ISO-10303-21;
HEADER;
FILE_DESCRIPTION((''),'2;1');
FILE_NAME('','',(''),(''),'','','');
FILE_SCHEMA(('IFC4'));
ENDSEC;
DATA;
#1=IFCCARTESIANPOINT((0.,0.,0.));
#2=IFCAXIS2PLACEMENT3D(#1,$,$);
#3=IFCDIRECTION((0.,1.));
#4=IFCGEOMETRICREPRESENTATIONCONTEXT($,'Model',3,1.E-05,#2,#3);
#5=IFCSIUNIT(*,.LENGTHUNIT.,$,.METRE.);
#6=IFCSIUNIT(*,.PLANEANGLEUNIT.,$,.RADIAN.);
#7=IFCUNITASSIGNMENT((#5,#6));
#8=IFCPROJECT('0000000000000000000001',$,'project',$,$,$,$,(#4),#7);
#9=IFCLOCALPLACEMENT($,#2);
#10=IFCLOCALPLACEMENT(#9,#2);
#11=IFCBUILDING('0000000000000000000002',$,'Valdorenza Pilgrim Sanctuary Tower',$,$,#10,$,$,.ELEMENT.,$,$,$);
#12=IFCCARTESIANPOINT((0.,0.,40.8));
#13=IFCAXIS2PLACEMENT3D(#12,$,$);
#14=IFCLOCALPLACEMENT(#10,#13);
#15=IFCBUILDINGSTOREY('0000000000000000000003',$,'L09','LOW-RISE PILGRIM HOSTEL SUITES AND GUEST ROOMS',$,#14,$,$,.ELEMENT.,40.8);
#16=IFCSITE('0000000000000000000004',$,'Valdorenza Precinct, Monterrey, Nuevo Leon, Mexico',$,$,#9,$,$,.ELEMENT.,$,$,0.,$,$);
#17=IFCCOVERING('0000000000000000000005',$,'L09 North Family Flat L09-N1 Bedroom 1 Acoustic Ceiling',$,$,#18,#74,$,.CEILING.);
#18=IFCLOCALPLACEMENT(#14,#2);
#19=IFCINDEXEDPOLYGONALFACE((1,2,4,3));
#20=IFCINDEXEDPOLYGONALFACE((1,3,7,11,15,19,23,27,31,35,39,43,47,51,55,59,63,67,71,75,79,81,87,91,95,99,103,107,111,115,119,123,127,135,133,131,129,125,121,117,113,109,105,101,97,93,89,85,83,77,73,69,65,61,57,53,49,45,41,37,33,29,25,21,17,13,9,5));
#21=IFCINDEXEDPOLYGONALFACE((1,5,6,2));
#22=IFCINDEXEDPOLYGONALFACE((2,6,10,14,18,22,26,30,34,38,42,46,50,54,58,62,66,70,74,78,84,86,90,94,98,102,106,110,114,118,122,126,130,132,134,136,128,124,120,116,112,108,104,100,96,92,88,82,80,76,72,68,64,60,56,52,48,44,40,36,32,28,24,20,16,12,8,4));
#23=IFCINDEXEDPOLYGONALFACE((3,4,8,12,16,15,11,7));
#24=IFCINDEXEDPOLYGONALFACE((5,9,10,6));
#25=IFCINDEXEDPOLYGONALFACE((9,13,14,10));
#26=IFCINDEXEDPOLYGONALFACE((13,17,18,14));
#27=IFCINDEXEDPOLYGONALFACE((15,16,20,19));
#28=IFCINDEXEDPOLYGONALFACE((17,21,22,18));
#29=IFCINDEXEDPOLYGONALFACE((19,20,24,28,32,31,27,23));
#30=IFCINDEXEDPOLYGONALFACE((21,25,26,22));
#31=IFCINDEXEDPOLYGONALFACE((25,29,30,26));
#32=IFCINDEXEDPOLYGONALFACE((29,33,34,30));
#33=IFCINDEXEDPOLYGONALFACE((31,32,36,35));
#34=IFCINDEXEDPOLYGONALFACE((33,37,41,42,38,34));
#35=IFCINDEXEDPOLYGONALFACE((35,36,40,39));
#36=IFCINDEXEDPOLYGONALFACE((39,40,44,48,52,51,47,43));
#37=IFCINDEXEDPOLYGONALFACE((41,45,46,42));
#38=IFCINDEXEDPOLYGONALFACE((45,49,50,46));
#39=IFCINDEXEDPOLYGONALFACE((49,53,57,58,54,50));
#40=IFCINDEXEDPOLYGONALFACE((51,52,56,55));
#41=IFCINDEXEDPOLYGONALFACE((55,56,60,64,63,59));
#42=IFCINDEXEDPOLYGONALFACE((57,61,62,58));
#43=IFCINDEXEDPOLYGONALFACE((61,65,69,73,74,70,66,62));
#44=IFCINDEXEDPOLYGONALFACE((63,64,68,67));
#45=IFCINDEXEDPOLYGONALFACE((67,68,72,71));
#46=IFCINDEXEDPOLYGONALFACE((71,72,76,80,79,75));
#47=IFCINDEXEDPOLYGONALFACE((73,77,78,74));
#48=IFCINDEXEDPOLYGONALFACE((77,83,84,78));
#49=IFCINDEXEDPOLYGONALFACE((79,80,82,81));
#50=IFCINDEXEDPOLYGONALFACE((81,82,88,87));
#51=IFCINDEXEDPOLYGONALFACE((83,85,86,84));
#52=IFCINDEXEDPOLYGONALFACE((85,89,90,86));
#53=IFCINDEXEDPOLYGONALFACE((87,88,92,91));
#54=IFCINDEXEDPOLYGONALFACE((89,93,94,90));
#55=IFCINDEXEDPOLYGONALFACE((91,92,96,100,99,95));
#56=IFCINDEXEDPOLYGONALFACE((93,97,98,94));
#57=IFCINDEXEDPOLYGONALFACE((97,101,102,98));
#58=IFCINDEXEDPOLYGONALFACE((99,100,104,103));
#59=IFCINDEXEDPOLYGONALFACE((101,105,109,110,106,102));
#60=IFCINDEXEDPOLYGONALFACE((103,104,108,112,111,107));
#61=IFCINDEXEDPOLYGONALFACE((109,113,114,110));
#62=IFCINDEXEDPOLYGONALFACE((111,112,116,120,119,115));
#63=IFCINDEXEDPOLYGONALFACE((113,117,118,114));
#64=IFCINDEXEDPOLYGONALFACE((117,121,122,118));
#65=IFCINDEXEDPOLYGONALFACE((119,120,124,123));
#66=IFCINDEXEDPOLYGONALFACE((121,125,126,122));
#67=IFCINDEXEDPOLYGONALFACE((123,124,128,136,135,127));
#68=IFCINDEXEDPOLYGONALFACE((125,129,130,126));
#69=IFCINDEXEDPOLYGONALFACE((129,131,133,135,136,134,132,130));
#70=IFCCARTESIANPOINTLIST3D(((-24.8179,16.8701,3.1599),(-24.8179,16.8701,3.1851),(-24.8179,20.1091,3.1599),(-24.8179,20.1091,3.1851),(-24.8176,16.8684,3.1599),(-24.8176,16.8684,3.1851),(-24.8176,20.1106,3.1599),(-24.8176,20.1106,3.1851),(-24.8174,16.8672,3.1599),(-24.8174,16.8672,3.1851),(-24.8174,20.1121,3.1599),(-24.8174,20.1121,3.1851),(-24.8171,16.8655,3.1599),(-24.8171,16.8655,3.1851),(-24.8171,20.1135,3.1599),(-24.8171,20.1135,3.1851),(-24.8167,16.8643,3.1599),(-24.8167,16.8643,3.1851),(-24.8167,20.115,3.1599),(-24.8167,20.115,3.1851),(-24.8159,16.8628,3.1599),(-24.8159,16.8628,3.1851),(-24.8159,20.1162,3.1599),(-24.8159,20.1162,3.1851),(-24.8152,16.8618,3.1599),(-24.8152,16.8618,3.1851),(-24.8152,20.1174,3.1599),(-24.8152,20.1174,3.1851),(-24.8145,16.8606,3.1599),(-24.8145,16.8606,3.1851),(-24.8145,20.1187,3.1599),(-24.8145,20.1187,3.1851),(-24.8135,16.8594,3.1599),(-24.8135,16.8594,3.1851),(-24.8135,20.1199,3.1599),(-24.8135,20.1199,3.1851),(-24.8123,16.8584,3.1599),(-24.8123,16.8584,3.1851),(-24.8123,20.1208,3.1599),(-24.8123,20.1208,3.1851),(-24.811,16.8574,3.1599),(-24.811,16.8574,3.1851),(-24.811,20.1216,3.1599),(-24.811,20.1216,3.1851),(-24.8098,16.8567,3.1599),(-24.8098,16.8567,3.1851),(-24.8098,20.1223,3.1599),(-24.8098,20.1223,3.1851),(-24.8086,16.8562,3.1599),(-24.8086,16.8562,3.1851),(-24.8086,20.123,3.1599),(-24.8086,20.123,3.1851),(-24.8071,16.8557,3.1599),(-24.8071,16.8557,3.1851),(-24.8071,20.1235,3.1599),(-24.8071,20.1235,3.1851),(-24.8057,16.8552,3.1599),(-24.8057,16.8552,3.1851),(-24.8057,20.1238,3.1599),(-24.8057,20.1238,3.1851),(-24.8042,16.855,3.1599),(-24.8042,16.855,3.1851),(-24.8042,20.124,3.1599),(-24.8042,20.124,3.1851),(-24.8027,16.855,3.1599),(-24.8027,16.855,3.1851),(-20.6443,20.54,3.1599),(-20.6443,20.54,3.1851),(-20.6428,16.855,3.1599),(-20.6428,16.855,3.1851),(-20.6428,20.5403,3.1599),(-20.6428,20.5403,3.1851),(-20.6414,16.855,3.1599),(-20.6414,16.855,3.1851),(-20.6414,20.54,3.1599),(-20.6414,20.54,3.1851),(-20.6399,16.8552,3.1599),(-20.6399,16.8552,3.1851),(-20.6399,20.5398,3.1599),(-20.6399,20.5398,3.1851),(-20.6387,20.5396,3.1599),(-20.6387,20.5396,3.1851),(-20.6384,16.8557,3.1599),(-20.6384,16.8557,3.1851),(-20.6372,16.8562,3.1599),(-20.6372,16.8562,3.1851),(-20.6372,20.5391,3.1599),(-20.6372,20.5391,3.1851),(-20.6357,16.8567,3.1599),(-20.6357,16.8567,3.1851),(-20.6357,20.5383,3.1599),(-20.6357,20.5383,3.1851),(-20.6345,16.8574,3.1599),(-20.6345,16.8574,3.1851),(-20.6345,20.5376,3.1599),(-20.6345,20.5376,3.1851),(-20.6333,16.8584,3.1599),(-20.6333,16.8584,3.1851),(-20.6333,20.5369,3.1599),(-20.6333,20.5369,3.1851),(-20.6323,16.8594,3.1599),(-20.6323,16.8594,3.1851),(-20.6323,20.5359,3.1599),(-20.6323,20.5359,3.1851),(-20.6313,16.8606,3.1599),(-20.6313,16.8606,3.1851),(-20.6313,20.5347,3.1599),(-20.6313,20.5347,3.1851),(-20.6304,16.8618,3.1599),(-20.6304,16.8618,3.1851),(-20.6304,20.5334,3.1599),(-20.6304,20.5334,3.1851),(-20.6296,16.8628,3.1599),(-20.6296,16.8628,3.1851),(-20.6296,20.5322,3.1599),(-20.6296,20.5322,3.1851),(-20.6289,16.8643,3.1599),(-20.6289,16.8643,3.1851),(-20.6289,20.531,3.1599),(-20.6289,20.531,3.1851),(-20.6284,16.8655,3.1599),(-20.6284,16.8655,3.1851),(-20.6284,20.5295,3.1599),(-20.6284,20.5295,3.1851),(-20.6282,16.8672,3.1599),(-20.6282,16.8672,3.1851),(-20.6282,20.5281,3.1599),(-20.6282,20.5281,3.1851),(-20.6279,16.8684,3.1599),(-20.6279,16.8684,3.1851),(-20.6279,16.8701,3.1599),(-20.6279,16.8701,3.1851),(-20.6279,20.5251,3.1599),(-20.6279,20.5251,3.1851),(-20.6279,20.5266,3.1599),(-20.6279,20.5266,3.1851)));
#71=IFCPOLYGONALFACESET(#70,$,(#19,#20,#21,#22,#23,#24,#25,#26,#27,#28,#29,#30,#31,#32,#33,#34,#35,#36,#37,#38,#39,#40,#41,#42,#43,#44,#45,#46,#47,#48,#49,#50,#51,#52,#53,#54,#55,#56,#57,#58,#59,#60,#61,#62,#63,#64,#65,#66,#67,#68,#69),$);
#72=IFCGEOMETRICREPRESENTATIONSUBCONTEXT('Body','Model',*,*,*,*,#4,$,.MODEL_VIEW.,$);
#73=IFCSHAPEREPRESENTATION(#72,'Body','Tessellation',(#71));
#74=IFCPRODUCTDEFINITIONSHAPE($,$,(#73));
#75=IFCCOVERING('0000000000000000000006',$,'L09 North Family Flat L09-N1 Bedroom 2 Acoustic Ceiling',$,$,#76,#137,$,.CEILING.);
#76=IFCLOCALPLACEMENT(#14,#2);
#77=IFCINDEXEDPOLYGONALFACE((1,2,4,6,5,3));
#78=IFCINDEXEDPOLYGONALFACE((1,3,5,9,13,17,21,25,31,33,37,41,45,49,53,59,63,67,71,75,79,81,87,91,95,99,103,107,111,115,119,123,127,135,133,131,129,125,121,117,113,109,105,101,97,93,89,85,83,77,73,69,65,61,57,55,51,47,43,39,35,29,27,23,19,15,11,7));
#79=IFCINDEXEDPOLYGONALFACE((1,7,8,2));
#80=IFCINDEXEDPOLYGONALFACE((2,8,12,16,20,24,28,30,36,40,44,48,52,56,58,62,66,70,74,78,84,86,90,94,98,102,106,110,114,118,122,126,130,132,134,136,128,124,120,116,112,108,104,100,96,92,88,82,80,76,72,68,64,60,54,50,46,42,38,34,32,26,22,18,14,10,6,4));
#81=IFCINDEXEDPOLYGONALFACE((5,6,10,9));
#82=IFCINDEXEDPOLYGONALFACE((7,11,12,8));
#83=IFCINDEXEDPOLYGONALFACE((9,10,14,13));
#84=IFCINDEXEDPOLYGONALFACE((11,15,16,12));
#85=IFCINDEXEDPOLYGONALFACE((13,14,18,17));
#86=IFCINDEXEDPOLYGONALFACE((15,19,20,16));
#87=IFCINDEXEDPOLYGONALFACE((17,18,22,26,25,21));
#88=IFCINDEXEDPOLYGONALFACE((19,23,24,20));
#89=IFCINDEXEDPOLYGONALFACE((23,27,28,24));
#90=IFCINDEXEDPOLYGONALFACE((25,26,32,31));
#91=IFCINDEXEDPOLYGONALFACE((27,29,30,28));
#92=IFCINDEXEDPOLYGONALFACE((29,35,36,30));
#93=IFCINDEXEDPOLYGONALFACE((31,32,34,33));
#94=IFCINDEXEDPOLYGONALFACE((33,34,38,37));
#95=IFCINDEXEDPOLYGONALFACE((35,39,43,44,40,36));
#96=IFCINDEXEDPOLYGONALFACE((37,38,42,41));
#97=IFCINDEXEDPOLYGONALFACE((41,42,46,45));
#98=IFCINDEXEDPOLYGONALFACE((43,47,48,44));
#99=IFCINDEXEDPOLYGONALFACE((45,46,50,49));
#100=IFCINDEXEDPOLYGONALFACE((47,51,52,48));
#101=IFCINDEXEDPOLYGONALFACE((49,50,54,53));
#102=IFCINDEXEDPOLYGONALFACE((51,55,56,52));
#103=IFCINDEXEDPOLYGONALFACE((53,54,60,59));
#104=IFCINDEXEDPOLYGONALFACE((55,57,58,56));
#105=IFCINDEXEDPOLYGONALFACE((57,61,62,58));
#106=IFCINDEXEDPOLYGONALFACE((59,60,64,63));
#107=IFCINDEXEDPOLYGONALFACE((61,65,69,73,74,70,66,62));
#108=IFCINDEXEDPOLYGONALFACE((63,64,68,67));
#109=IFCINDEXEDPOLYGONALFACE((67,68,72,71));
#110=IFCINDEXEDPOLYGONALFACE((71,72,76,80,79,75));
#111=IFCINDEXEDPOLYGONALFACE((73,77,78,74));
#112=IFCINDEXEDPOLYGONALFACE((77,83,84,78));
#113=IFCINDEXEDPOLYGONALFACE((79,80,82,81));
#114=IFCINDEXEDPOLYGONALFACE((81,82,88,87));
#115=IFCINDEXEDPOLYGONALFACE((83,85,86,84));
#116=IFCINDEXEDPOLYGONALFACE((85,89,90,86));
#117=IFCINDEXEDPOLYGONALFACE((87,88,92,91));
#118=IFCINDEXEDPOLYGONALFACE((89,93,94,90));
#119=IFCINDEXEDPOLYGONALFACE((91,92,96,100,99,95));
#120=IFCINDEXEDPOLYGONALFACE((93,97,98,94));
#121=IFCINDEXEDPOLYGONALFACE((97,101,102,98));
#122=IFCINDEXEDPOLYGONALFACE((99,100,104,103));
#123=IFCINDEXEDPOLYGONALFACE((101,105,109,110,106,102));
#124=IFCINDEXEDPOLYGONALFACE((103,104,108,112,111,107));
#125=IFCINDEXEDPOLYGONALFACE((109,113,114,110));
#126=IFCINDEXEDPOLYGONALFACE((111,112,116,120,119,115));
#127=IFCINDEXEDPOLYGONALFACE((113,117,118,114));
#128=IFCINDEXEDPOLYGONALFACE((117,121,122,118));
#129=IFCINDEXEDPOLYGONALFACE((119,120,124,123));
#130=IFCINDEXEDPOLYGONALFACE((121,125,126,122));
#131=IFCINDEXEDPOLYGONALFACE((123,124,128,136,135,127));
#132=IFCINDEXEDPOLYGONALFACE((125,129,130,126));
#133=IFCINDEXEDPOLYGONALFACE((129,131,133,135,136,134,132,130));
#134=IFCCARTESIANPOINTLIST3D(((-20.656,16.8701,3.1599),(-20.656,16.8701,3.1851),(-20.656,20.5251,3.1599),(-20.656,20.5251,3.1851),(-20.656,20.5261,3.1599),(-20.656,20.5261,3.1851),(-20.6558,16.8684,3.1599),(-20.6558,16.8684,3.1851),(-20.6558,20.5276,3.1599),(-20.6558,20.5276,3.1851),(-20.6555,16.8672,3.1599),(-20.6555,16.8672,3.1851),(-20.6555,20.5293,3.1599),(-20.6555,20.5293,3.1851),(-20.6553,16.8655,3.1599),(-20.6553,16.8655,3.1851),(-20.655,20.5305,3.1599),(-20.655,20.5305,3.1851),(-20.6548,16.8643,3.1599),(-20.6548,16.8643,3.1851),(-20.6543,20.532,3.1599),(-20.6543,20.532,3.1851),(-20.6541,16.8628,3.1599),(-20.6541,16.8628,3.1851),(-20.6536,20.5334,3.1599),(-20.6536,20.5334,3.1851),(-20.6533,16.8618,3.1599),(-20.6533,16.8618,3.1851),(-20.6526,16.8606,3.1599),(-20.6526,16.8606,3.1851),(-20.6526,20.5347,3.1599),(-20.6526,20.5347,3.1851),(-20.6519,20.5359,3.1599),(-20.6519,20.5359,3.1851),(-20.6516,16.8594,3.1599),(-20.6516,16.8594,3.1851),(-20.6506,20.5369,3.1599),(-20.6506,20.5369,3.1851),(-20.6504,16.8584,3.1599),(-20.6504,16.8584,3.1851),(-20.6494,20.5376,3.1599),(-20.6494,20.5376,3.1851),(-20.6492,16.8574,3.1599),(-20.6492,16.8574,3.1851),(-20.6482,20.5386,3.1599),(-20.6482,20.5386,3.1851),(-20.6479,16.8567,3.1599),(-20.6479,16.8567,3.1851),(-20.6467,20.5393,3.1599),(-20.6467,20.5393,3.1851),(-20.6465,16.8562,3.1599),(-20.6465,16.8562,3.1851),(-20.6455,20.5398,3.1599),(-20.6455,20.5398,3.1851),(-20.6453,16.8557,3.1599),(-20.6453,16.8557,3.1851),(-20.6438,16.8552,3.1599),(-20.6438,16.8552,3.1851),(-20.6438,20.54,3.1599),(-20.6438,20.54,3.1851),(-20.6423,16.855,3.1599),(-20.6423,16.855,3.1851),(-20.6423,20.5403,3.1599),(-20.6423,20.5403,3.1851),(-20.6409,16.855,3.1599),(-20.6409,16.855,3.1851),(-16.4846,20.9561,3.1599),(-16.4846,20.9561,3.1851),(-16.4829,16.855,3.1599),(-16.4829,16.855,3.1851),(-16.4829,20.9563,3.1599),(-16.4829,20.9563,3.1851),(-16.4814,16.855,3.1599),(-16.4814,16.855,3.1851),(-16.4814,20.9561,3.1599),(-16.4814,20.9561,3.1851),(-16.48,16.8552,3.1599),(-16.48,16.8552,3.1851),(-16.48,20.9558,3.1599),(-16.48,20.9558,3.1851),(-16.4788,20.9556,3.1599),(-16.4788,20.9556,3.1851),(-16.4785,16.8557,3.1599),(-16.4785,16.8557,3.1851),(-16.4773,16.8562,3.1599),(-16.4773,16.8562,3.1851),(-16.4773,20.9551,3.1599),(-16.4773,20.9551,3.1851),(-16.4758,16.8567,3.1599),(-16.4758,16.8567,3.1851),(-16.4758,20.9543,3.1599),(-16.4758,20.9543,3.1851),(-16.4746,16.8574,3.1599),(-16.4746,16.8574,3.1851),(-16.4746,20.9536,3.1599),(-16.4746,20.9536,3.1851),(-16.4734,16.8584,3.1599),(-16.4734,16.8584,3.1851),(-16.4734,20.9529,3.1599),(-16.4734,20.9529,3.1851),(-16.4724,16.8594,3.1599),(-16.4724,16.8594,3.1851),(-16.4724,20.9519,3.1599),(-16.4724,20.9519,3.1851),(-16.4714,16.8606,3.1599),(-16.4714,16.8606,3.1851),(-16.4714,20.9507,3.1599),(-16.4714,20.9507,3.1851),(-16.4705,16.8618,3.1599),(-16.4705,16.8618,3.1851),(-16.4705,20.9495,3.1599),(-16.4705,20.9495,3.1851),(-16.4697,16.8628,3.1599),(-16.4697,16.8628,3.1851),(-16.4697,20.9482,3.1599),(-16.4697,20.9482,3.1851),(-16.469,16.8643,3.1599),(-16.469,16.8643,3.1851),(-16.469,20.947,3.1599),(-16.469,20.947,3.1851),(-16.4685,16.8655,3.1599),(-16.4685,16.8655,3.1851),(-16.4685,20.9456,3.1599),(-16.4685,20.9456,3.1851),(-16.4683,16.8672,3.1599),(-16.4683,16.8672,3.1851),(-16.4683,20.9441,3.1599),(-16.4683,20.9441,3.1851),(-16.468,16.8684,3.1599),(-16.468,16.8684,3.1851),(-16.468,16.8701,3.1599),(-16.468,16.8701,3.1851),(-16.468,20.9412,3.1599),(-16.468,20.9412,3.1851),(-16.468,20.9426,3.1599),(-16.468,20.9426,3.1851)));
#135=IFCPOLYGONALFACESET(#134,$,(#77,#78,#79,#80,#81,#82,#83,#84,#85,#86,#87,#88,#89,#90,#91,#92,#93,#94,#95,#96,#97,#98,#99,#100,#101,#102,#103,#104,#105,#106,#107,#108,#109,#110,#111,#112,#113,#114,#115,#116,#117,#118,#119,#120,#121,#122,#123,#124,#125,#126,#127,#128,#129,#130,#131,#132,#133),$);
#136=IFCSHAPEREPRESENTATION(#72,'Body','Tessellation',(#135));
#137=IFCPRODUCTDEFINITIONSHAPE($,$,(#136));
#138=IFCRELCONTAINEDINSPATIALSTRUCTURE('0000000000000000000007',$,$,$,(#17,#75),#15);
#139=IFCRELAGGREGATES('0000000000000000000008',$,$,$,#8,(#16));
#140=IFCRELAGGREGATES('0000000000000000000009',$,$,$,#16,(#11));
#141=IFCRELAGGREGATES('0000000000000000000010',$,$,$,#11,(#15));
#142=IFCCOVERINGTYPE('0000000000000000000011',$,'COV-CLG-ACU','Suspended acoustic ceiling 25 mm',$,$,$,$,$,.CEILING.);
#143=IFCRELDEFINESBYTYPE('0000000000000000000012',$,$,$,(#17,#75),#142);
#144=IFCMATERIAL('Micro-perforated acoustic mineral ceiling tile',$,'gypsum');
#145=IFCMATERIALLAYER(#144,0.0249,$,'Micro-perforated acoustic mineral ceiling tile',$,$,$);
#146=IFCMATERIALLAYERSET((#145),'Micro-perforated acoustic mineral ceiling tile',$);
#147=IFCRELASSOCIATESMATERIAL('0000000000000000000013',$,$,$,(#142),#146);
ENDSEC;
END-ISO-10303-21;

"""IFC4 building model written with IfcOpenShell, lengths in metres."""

from ifc_helpers import new_model, si_unit, direction, frame, origin, place, context, subcontext, project, spatial, polyline, outline, extrude, material, layer, layer_set, type_object, element, save


model = new_model("IFC4")

# Units and contexts
model_context = context("Model", 3, precision=1e-05, world=origin(), true_north=direction((0.0, 1.0)))
body_context = subcontext(model_context, "Body", "Model", "MODEL_VIEW")
ifc_project = project(units=[si_unit("LENGTHUNIT", "METRE"), si_unit("PLANEANGLEUNIT", "RADIAN")], contexts=[model_context])

# Site, building, storey
site_placement = place(None, origin())
site = spatial("IfcSite", under=ifc_project, at=site_placement, Name="Valdorenza Precinct, Monterrey, Nuevo Leon, Mexico", CompositionType="ELEMENT", RefElevation=0.0)
building_placement = place(site_placement, origin())
building = spatial("IfcBuilding", under=site, at=building_placement, Name="Valdorenza Pilgrim Sanctuary Tower", CompositionType="ELEMENT")
storey_placement = place(building_placement, frame((0.0, 0.0, 40.8)))
storey = spatial("IfcBuildingStorey", under=building, at=storey_placement, Name="L09", Description="LOW-RISE PILGRIM HOSTEL SUITES AND GUEST ROOMS", CompositionType="ELEMENT", Elevation=40.8)

# Coverings
ifc_material_1 = material(Name="Micro-perforated acoustic mineral ceiling tile", Category="gypsum")
ifc_layer_1 = layer(ifc_material_1, 0.0249, Name="Micro-perforated acoustic mineral ceiling tile")
ifc_layer_set_1 = layer_set([ifc_layer_1], Name="Micro-perforated acoustic mineral ceiling tile")
covering_type_1 = type_object("IfcCoveringType", Name="COV-CLG-ACU", Description="Suspended acoustic ceiling 25 mm", PredefinedType="CEILING", material=ifc_layer_set_1)
covering_1_placement = place(storey_placement, frame((0.0, 0.0, 3.1599)))
element("IfcCovering", 1, at=covering_1_placement, inside=storey, type_object=covering_type_1, Name="L09 North Family Flat L09-N1 Bedroom 1 Acoustic Ceiling", PredefinedType="CEILING", context=body_context, shape_type="SweptSolid", body=[
    extrude(outline(polyline([(-24.8027, 16.855), (-24.8042, 16.855), (-24.8057, 16.8552), (-24.8071, 16.8557), (-24.8086, 16.8562), (-24.8098, 16.8567), (-24.811, 16.8574), (-24.8123, 16.8584), (-24.8135, 16.8594), (-24.8145, 16.8606), (-24.8152, 16.8618), (-24.8159, 16.8628), (-24.8167, 16.8643), (-24.8171, 16.8655), (-24.8174, 16.8672), (-24.8176, 16.8684), (-24.8179, 16.8701), (-24.8179, 20.1091), (-24.8176, 20.1106), (-24.8174, 20.1121), (-24.8171, 20.1135), (-24.8167, 20.115), (-24.8159, 20.1162), (-24.8152, 20.1174), (-24.8145, 20.1187), (-24.8135, 20.1199), (-24.8123, 20.1208), (-24.811, 20.1216), (-24.8098, 20.1223), (-24.8086, 20.123), (-24.8071, 20.1235), (-24.8057, 20.1238), (-24.8042, 20.124), (-20.6443, 20.54), (-20.6428, 20.5403), (-20.6414, 20.54), (-20.6399, 20.5398), (-20.6387, 20.5396), (-20.6372, 20.5391), (-20.6357, 20.5383), (-20.6345, 20.5376), (-20.6333, 20.5369), (-20.6323, 20.5359), (-20.6313, 20.5347), (-20.6304, 20.5334), (-20.6296, 20.5322), (-20.6289, 20.531), (-20.6284, 20.5295), (-20.6282, 20.5281), (-20.6279, 20.5266), (-20.6279, 20.5251), (-20.6279, 16.8701), (-20.6279, 16.8684), (-20.6282, 16.8672), (-20.6284, 16.8655), (-20.6289, 16.8643), (-20.6296, 16.8628), (-20.6304, 16.8618), (-20.6313, 16.8606), (-20.6323, 16.8594), (-20.6333, 16.8584), (-20.6345, 16.8574), (-20.6357, 16.8567), (-20.6372, 16.8562), (-20.6384, 16.8557), (-20.6399, 16.8552), (-20.6414, 16.855), (-20.6428, 16.855), (-24.8027, 16.855)])), origin(), (0.0, 0.0, 1.0), 0.0251),
])
covering_2_placement = place(storey_placement, frame((0.0, 0.0, 3.1599)))
element("IfcCovering", 2, at=covering_2_placement, inside=storey, type_object=covering_type_1, Name="L09 North Family Flat L09-N1 Bedroom 2 Acoustic Ceiling", PredefinedType="CEILING", context=body_context, shape_type="SweptSolid", body=[
    extrude(outline(polyline([(-20.656, 20.5251), (-20.656, 20.5261), (-20.6558, 20.5276), (-20.6555, 20.5293), (-20.655, 20.5305), (-20.6543, 20.532), (-20.6536, 20.5334), (-20.6526, 20.5347), (-20.6519, 20.5359), (-20.6506, 20.5369), (-20.6494, 20.5376), (-20.6482, 20.5386), (-20.6467, 20.5393), (-20.6455, 20.5398), (-20.6438, 20.54), (-20.6423, 20.5403), (-16.4846, 20.9561), (-16.4829, 20.9563), (-16.4814, 20.9561), (-16.48, 20.9558), (-16.4788, 20.9556), (-16.4773, 20.9551), (-16.4758, 20.9543), (-16.4746, 20.9536), (-16.4734, 20.9529), (-16.4724, 20.9519), (-16.4714, 20.9507), (-16.4705, 20.9495), (-16.4697, 20.9482), (-16.469, 20.947), (-16.4685, 20.9456), (-16.4683, 20.9441), (-16.468, 20.9426), (-16.468, 20.9412), (-16.468, 16.8701), (-16.468, 16.8684), (-16.4683, 16.8672), (-16.4685, 16.8655), (-16.469, 16.8643), (-16.4697, 16.8628), (-16.4705, 16.8618), (-16.4714, 16.8606), (-16.4724, 16.8594), (-16.4734, 16.8584), (-16.4746, 16.8574), (-16.4758, 16.8567), (-16.4773, 16.8562), (-16.4785, 16.8557), (-16.48, 16.8552), (-16.4814, 16.855), (-16.4829, 16.855), (-20.6409, 16.855), (-20.6423, 16.855), (-20.6438, 16.8552), (-20.6453, 16.8557), (-20.6465, 16.8562), (-20.6479, 16.8567), (-20.6492, 16.8574), (-20.6504, 16.8584), (-20.6516, 16.8594), (-20.6526, 16.8606), (-20.6533, 16.8618), (-20.6541, 16.8628), (-20.6548, 16.8643), (-20.6553, 16.8655), (-20.6555, 16.8672), (-20.6558, 16.8684), (-20.656, 16.8701), (-20.656, 20.5251), (-20.656, 20.5251)])), origin(), (0.0, 0.0, 1.0), 0.0251),
])

save(model, "model.ifc")
